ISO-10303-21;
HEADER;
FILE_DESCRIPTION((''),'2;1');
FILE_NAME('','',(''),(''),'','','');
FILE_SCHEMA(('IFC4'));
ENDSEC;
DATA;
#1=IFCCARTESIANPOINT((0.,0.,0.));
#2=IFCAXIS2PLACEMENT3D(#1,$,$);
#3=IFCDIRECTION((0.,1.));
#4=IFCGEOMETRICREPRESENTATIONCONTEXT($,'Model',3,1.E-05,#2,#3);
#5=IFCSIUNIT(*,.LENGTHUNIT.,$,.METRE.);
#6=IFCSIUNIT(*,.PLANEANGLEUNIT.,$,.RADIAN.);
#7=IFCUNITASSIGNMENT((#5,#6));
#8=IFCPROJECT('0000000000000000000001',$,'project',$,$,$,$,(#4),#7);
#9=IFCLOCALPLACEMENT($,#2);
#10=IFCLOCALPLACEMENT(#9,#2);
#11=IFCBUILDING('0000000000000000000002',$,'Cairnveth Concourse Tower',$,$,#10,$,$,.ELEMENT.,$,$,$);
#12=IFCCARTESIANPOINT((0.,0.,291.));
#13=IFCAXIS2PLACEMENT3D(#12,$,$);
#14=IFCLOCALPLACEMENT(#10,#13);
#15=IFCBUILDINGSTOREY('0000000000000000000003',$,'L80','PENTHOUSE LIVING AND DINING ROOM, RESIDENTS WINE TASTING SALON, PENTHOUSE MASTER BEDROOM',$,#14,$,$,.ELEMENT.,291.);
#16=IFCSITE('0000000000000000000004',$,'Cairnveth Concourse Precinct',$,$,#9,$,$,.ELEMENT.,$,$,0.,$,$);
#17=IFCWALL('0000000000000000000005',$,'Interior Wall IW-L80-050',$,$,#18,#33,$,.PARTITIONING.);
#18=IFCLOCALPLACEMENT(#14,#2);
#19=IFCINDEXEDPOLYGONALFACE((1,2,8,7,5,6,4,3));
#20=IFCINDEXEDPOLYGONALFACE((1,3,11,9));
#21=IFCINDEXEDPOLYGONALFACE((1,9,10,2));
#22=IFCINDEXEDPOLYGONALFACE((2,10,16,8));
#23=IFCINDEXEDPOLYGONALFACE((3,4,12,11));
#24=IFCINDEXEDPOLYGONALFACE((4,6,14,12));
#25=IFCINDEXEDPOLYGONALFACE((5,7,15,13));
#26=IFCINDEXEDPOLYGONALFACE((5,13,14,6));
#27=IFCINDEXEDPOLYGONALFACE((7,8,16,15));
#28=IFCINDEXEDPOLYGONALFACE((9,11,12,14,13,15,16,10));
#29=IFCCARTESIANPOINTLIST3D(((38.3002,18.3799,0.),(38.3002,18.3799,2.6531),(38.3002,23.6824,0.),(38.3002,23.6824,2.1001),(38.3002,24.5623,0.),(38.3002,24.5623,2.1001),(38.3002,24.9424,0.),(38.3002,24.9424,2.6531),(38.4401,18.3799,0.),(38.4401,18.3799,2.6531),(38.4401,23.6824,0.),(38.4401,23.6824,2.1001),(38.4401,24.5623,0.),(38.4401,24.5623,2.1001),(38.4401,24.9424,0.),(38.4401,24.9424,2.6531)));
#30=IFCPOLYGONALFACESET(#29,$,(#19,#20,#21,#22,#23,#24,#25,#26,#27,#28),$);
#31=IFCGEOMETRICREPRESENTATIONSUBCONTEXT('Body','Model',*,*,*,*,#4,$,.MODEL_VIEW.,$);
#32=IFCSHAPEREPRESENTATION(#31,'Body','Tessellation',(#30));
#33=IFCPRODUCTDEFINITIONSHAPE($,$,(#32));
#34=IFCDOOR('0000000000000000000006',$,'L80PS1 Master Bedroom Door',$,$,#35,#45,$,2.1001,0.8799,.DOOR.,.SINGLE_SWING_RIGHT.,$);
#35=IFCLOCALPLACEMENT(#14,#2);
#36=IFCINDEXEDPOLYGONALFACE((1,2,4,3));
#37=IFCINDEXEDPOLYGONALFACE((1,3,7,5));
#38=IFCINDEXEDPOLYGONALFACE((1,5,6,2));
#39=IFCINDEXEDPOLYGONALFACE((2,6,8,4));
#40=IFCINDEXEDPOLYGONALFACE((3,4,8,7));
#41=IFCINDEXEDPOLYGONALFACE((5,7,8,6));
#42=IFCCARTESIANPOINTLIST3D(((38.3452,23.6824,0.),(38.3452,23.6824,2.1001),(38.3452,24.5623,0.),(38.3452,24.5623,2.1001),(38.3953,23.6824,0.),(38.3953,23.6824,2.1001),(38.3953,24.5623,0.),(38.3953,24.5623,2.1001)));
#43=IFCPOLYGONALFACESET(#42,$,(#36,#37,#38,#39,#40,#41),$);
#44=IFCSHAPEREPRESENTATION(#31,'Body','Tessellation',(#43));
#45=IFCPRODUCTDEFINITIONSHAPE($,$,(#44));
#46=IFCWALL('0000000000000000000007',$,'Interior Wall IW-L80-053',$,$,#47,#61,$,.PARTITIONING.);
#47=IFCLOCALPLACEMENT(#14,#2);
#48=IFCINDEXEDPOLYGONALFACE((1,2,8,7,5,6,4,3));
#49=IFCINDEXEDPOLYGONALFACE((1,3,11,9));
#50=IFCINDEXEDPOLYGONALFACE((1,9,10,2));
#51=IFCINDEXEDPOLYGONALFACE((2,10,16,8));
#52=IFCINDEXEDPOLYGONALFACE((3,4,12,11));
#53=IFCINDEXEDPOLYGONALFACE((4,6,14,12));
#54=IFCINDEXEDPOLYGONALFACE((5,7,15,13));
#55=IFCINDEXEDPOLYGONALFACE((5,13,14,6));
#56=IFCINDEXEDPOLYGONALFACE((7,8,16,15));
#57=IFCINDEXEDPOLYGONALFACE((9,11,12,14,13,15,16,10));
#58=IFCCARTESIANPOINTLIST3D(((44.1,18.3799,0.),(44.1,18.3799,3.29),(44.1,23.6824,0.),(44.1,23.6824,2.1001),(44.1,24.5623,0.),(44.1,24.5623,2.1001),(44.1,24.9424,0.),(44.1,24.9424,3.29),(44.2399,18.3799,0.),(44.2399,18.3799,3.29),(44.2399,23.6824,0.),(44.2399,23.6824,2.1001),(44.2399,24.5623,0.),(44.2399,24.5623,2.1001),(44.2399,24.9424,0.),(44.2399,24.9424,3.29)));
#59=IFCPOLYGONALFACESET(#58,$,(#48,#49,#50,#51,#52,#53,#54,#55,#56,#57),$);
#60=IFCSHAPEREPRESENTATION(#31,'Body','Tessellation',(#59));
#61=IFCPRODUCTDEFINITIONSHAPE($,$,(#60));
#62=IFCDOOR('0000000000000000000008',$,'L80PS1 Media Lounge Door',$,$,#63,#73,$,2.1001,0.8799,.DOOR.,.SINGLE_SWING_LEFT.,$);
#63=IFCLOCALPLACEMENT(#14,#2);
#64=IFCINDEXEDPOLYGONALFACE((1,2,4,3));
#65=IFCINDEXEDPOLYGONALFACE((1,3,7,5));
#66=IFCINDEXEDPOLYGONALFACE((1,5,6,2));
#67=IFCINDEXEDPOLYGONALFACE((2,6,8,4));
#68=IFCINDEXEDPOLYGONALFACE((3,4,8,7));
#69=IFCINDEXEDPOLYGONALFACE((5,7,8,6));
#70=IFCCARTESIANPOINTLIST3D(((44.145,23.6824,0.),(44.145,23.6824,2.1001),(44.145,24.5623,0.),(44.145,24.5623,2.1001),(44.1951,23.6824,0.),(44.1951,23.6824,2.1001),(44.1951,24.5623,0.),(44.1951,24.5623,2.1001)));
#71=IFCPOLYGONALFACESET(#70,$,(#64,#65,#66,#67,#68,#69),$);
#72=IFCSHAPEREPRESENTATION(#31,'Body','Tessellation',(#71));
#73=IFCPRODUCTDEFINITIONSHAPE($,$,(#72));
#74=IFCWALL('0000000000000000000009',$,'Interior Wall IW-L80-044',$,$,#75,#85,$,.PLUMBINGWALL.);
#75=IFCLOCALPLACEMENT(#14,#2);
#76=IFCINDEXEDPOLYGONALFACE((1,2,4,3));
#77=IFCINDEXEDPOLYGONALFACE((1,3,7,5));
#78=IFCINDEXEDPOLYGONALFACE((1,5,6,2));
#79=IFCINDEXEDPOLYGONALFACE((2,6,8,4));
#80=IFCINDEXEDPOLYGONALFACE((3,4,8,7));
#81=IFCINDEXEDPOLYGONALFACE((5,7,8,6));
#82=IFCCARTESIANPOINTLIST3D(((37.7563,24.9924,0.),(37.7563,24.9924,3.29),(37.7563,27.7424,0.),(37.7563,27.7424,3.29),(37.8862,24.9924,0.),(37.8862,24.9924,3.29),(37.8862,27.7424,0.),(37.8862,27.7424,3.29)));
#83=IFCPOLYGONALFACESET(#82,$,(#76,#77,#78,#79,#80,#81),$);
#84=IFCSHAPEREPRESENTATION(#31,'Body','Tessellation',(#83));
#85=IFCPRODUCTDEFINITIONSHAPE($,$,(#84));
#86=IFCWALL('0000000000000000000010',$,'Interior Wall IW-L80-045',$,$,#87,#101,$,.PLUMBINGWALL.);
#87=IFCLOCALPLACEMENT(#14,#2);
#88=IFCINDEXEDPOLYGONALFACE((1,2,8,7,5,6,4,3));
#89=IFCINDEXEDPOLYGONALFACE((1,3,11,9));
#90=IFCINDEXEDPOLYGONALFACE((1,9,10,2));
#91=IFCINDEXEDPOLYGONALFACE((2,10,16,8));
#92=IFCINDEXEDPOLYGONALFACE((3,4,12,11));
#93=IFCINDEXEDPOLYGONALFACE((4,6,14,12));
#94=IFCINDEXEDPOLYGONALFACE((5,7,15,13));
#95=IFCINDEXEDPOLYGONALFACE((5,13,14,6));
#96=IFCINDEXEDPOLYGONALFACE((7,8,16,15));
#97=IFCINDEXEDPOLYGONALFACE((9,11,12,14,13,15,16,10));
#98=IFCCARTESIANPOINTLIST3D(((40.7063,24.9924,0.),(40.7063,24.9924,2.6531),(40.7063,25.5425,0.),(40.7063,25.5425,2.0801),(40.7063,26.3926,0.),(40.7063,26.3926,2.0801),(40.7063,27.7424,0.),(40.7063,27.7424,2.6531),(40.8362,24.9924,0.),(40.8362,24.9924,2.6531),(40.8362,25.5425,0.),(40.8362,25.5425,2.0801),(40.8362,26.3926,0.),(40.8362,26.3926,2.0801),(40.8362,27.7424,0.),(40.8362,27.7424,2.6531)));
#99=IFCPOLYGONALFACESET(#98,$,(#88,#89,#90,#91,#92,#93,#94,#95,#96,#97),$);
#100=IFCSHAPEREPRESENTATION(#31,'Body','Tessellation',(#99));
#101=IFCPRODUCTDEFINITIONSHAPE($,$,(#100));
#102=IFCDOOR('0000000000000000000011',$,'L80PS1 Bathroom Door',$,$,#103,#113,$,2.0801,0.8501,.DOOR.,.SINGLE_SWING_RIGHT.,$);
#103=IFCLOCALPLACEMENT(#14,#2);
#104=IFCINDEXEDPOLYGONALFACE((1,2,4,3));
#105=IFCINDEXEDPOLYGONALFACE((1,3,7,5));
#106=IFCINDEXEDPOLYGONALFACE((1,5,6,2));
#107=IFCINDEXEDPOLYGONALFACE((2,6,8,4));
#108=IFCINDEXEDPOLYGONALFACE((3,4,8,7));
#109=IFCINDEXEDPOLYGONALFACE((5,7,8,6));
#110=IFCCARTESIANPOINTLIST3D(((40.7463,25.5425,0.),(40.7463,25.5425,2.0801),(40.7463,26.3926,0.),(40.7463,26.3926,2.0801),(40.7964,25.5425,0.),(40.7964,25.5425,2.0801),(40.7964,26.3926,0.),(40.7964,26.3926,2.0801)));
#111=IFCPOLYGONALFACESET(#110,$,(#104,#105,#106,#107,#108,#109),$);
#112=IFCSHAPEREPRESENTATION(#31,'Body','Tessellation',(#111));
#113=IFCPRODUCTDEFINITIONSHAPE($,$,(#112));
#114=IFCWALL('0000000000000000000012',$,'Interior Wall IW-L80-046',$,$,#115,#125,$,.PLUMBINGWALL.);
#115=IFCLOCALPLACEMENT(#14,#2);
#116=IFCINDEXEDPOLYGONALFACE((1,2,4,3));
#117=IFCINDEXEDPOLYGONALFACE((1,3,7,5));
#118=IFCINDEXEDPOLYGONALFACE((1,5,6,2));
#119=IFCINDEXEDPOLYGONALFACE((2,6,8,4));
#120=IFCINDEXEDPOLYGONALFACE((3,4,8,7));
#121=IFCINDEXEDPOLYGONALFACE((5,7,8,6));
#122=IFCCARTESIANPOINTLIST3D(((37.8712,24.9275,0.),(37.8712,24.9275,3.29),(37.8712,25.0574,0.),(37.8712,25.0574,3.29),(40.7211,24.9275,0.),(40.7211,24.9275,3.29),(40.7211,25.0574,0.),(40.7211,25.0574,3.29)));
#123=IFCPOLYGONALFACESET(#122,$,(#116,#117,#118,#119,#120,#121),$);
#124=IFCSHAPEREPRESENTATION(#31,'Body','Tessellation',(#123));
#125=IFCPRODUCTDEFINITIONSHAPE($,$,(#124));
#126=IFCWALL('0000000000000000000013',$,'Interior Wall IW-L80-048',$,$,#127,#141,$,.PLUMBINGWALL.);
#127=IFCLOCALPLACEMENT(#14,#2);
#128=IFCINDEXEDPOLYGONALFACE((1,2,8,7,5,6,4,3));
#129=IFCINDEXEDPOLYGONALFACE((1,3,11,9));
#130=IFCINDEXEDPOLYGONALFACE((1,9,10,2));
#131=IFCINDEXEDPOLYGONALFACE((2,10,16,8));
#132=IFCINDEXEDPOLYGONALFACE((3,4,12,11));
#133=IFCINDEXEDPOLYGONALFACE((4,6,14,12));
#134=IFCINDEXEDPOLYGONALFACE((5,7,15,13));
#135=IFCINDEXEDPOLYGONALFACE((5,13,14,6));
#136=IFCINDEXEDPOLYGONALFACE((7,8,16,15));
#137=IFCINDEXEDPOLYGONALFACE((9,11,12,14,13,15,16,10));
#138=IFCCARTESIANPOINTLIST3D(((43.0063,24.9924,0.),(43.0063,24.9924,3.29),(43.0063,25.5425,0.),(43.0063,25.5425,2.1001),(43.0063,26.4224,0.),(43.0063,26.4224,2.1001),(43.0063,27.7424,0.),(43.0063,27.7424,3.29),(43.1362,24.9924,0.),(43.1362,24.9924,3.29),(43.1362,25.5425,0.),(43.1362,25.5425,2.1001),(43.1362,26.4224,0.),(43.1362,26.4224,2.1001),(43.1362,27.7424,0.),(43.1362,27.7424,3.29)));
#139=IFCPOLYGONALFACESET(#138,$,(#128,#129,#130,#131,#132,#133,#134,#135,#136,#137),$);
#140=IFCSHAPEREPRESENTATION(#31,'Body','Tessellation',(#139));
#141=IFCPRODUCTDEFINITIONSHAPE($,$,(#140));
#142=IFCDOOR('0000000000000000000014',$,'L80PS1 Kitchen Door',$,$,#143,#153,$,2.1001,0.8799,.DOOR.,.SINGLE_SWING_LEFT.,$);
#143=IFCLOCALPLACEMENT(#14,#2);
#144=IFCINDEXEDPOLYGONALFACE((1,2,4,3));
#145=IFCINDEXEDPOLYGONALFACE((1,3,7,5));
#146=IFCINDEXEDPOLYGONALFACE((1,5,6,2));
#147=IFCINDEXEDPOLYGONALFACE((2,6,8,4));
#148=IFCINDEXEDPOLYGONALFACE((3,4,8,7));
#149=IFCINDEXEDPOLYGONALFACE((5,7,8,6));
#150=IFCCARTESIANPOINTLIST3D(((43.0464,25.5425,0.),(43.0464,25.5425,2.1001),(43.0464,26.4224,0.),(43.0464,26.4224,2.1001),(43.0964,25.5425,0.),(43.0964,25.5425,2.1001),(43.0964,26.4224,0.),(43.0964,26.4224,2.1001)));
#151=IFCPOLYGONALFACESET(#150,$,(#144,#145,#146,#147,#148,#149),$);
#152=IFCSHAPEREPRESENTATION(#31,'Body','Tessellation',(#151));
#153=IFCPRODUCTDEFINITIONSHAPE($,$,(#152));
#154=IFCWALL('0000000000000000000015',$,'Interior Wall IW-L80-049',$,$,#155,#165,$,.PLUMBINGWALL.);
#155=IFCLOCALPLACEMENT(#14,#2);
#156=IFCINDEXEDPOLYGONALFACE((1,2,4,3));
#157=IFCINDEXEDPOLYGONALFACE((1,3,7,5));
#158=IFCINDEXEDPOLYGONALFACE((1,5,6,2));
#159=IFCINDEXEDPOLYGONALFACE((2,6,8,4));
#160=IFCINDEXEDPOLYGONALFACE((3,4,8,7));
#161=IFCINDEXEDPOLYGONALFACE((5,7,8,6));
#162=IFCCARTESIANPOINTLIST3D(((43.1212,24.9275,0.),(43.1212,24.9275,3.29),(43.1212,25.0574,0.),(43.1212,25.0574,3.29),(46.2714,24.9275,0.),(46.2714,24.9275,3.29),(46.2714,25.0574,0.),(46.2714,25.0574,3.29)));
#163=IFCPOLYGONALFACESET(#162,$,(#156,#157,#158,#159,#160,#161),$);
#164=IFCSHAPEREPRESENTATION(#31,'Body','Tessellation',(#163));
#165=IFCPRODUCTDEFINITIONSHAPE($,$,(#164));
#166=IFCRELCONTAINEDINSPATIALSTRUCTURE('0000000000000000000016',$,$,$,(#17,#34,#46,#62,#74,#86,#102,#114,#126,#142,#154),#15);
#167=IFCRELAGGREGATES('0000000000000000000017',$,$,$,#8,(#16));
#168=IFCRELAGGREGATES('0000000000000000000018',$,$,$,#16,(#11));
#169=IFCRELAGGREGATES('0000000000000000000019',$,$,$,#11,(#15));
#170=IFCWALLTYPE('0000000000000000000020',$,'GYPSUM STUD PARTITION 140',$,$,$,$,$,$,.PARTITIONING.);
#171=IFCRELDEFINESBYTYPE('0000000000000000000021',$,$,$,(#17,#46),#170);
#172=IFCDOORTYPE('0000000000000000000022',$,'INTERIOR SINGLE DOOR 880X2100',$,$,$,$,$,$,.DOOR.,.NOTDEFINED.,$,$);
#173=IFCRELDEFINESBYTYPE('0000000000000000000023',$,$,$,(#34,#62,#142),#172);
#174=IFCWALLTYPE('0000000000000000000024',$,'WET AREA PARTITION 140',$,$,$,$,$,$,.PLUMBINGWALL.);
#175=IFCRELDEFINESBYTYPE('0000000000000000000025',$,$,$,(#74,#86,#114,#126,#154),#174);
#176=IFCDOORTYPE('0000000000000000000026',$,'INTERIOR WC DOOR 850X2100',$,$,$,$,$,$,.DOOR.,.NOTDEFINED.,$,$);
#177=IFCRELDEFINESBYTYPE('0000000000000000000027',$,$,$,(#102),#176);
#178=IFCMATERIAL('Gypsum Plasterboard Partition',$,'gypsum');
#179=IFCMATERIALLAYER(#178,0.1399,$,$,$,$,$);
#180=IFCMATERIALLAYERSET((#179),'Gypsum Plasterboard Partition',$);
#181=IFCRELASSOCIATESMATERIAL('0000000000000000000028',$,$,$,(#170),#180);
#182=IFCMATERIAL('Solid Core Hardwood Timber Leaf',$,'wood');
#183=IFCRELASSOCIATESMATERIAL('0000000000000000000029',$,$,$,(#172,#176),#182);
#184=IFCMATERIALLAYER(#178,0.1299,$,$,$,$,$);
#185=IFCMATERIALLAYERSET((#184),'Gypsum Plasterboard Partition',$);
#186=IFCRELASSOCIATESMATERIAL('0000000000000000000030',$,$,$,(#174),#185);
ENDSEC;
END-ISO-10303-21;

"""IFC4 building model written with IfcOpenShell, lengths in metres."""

from ifc_helpers import new_model, si_unit, direction, frame, frame_2d, origin, place, context, subcontext, project, spatial, rectangle, extrude, material, layer, layer_set, type_object, element, fill, save


model = new_model("IFC4")

# Units and contexts
model_context = context("Model", 3, precision=1e-05, world=origin(), true_north=direction((0.0, 1.0)))
body_context = subcontext(model_context, "Body", "Model", "MODEL_VIEW")
ifc_project = project(units=[si_unit("LENGTHUNIT", "METRE"), si_unit("PLANEANGLEUNIT", "RADIAN")], contexts=[model_context])

# Site, building, storey
site_placement = place(None, origin())
site = spatial("IfcSite", under=ifc_project, at=site_placement, Name="Cairnveth Concourse Precinct", CompositionType="ELEMENT", RefElevation=0.0)
building_placement = place(site_placement, origin())
building = spatial("IfcBuilding", under=site, at=building_placement, Name="Cairnveth Concourse Tower", CompositionType="ELEMENT")
storey_placement = place(building_placement, frame((0.0, 0.0, 291.0)))
storey = spatial("IfcBuildingStorey", under=building, at=storey_placement, Name="L80", Description="PENTHOUSE LIVING AND DINING ROOM, RESIDENTS WINE TASTING SALON, PENTHOUSE MASTER BEDROOM", CompositionType="ELEMENT", Elevation=291.0)

# Walls, openings, doors
ifc_material_1 = material(Name="Gypsum Plasterboard Partition", Category="gypsum")
ifc_layer_1 = layer(ifc_material_1, 0.1399)
ifc_layer_set_1 = layer_set([ifc_layer_1], Name="Gypsum Plasterboard Partition")
wall_type_1 = type_object("IfcWallType", Name="GYPSUM STUD PARTITION 140", PredefinedType="PARTITIONING", material=ifc_layer_set_1)
wall_1_placement = place(storey_placement, frame((38.3701, 18.3799, 0.0), z_axis=(0.0, 0.0, 1.0), x_axis=(0.0, 1.0, 0.0)))
wall_1 = element("IfcWall", 1, at=wall_1_placement, inside=storey, type_object=wall_type_1, Name="Interior Wall IW-L80-050", PredefinedType="PARTITIONING", context=body_context, shape_type="SweptSolid", body=[
    extrude(rectangle(XDim=6.5625, YDim=0.1399, at=frame_2d((3.2812, 0.0))), origin(), (0.0, 0.0, 1.0), 2.6531),
])
opening_1_placement = place(wall_1_placement, frame((5.3025, 0.0, 0.0)))
opening_1 = element("IfcOpeningElement", 2, at=opening_1_placement, cuts=wall_1, PredefinedType="OPENING", context=body_context, shape_type="SweptSolid", body=[
    extrude(rectangle(XDim=0.8799, YDim=2.1001, at=frame_2d((0.4399, 1.05))), frame((0.0, 0.0798, 0.0), z_axis=(0.0, -1.0, 0.0), x_axis=(1.0, 0.0, 0.0)), (0.0, 0.0, 1.0), 0.1599),
])
ifc_material_2 = material(Name="Solid Core Hardwood Timber Leaf", Category="wood")
door_type_1 = type_object("IfcDoorType", Name="INTERIOR SINGLE DOOR 880X2100", OperationType="NOTDEFINED", PredefinedType="DOOR", material=ifc_material_2)
door_1_placement = place(opening_1_placement, origin())
door_1 = element("IfcDoor", 3, at=door_1_placement, inside=storey, type_object=door_type_1, Name="L80PS1 Master Bedroom Door", OperationType="SINGLE_SWING_RIGHT", OverallHeight=2.1001, OverallWidth=0.8799, PredefinedType="DOOR", context=body_context, shape_type="SweptSolid", body=[
    extrude(rectangle(XDim=0.8799, YDim=2.1001, at=frame_2d((0.4399, 1.05))), frame((0.0, 0.0249, 0.0), z_axis=(0.0, -1.0, 0.0), x_axis=(1.0, 0.0, 0.0)), (0.0, 0.0, 1.0), 0.05),
])
fill(opening_1, door_1)
wall_2_placement = place(storey_placement, frame((44.1699, 18.3799, 0.0), z_axis=(0.0, 0.0, 1.0), x_axis=(0.0, 1.0, 0.0)))
wall_2 = element("IfcWall", 4, at=wall_2_placement, inside=storey, type_object=wall_type_1, Name="Interior Wall IW-L80-053", PredefinedType="PARTITIONING", context=body_context, shape_type="SweptSolid", body=[
    extrude(rectangle(XDim=6.5625, YDim=0.1399, at=frame_2d((3.2812, 0.0))), origin(), (0.0, 0.0, 1.0), 3.29),
])
opening_2_placement = place(wall_2_placement, frame((5.3025, 0.0, 0.0)))
opening_2 = element("IfcOpeningElement", 5, at=opening_2_placement, cuts=wall_2, PredefinedType="OPENING", context=body_context, shape_type="SweptSolid", body=[
    extrude(rectangle(XDim=0.8799, YDim=2.1001, at=frame_2d((0.4399, 1.05))), frame((0.0, 0.0798, 0.0), z_axis=(0.0, -1.0, 0.0), x_axis=(1.0, 0.0, 0.0)), (0.0, 0.0, 1.0), 0.1599),
])
door_2_placement = place(opening_2_placement, origin())
door_2 = element("IfcDoor", 6, at=door_2_placement, inside=storey, type_object=door_type_1, Name="L80PS1 Media Lounge Door", OperationType="SINGLE_SWING_LEFT", OverallHeight=2.1001, OverallWidth=0.8799, PredefinedType="DOOR", context=body_context, shape_type="SweptSolid", body=[
    extrude(rectangle(XDim=0.8799, YDim=2.1001, at=frame_2d((0.4399, 1.05))), frame((0.0, 0.0249, 0.0), z_axis=(0.0, -1.0, 0.0), x_axis=(1.0, 0.0, 0.0)), (0.0, 0.0, 1.0), 0.05),
])
fill(opening_2, door_2)

# Wall
ifc_layer_2 = layer(ifc_material_1, 0.1299)
ifc_layer_set_2 = layer_set([ifc_layer_2], Name="Gypsum Plasterboard Partition")
wall_type_2 = type_object("IfcWallType", Name="WET AREA PARTITION 140", PredefinedType="PLUMBINGWALL", material=ifc_layer_set_2)
wall_3_placement = place(storey_placement, frame((37.8213, 24.9924, 0.0), z_axis=(0.0, 0.0, 1.0), x_axis=(0.0, 1.0, 0.0)))
element("IfcWall", 7, at=wall_3_placement, inside=storey, type_object=wall_type_2, Name="Interior Wall IW-L80-044", PredefinedType="PLUMBINGWALL", context=body_context, shape_type="SweptSolid", body=[
    extrude(rectangle(XDim=2.75, YDim=0.1299, at=frame_2d((1.375, 0.0))), origin(), (0.0, 0.0, 1.0), 3.29),
])

# Wall, opening, door
wall_4_placement = place(storey_placement, frame((40.7712, 24.9924, 0.0), z_axis=(0.0, 0.0, 1.0), x_axis=(0.0, 1.0, 0.0)))
wall_4 = element("IfcWall", 8, at=wall_4_placement, inside=storey, type_object=wall_type_2, Name="Interior Wall IW-L80-045", PredefinedType="PLUMBINGWALL", context=body_context, shape_type="SweptSolid", body=[
    extrude(rectangle(XDim=2.75, YDim=0.1299, at=frame_2d((1.375, 0.0))), origin(), (0.0, 0.0, 1.0), 2.6531),
])
opening_3_placement = place(wall_4_placement, frame((0.55, 0.0, 0.0)))
opening_3 = element("IfcOpeningElement", 9, at=opening_3_placement, cuts=wall_4, PredefinedType="OPENING", context=body_context, shape_type="SweptSolid", body=[
    extrude(rectangle(XDim=0.8501, YDim=2.0801, at=frame_2d((0.425, 1.04))), frame((0.0, 0.075, 0.0), z_axis=(0.0, -1.0, 0.0), x_axis=(1.0, 0.0, 0.0)), (0.0, 0.0, 1.0), 0.1499),
])
door_type_2 = type_object("IfcDoorType", Name="INTERIOR WC DOOR 850X2100", OperationType="NOTDEFINED", PredefinedType="DOOR", material=ifc_material_2)
door_3_placement = place(opening_3_placement, origin())
door_3 = element("IfcDoor", 10, at=door_3_placement, inside=storey, type_object=door_type_2, Name="L80PS1 Bathroom Door", OperationType="SINGLE_SWING_RIGHT", OverallHeight=2.0801, OverallWidth=0.8501, PredefinedType="DOOR", context=body_context, shape_type="SweptSolid", body=[
    extrude(rectangle(XDim=0.8501, YDim=2.0801, at=frame_2d((0.425, 1.04))), frame((0.0, 0.0249, 0.0), z_axis=(0.0, -1.0, 0.0), x_axis=(1.0, 0.0, 0.0)), (0.0, 0.0, 1.0), 0.05),
])
fill(opening_3, door_3)

# Wall
wall_5_placement = place(storey_placement, frame((37.8713, 24.9924, 0.0), z_axis=(0.0, 0.0, 1.0), x_axis=(1.0, 0.0, 0.0)))
element("IfcWall", 11, at=wall_5_placement, inside=storey, type_object=wall_type_2, Name="Interior Wall IW-L80-046", PredefinedType="PLUMBINGWALL", context=body_context, shape_type="SweptSolid", body=[
    extrude(rectangle(XDim=2.8499, YDim=0.1299, at=frame_2d((1.4248, 0.0))), origin(), (0.0, 0.0, 1.0), 3.29),
])

# Wall, opening, door
wall_6_placement = place(storey_placement, frame((43.0713, 24.9924, 0.0), z_axis=(0.0, 0.0, 1.0), x_axis=(0.0, 1.0, 0.0)))
wall_6 = element("IfcWall", 12, at=wall_6_placement, inside=storey, type_object=wall_type_2, Name="Interior Wall IW-L80-048", PredefinedType="PLUMBINGWALL", context=body_context, shape_type="SweptSolid", body=[
    extrude(rectangle(XDim=2.75, YDim=0.1299, at=frame_2d((1.375, 0.0))), origin(), (0.0, 0.0, 1.0), 3.29),
])
opening_4_placement = place(wall_6_placement, frame((0.55, 0.0, 0.0)))
opening_4 = element("IfcOpeningElement", 13, at=opening_4_placement, cuts=wall_6, PredefinedType="OPENING", context=body_context, shape_type="SweptSolid", body=[
    extrude(rectangle(XDim=0.8799, YDim=2.1001, at=frame_2d((0.4399, 1.05))), frame((0.0, 0.075, 0.0), z_axis=(0.0, -1.0, 0.0), x_axis=(1.0, 0.0, 0.0)), (0.0, 0.0, 1.0), 0.1499),
])
door_4_placement = place(opening_4_placement, origin())
door_4 = element("IfcDoor", 14, at=door_4_placement, inside=storey, type_object=door_type_1, Name="L80PS1 Kitchen Door", OperationType="SINGLE_SWING_LEFT", OverallHeight=2.1001, OverallWidth=0.8799, PredefinedType="DOOR", context=body_context, shape_type="SweptSolid", body=[
    extrude(rectangle(XDim=0.8799, YDim=2.1001, at=frame_2d((0.4399, 1.05))), frame((0.0, 0.0249, 0.0), z_axis=(0.0, -1.0, 0.0), x_axis=(1.0, 0.0, 0.0)), (0.0, 0.0, 1.0), 0.05),
])
fill(opening_4, door_4)

# Wall
wall_7_placement = place(storey_placement, frame((43.1211, 24.9924, 0.0), z_axis=(0.0, 0.0, 1.0), x_axis=(1.0, 0.0, 0.0)))
element("IfcWall", 15, at=wall_7_placement, inside=storey, type_object=wall_type_2, Name="Interior Wall IW-L80-049", PredefinedType="PLUMBINGWALL", context=body_context, shape_type="SweptSolid", body=[
    extrude(rectangle(XDim=3.1501, YDim=0.1299, at=frame_2d((1.5752, 0.0))), origin(), (0.0, 0.0, 1.0), 3.29),
])

save(model, "model.ifc")
